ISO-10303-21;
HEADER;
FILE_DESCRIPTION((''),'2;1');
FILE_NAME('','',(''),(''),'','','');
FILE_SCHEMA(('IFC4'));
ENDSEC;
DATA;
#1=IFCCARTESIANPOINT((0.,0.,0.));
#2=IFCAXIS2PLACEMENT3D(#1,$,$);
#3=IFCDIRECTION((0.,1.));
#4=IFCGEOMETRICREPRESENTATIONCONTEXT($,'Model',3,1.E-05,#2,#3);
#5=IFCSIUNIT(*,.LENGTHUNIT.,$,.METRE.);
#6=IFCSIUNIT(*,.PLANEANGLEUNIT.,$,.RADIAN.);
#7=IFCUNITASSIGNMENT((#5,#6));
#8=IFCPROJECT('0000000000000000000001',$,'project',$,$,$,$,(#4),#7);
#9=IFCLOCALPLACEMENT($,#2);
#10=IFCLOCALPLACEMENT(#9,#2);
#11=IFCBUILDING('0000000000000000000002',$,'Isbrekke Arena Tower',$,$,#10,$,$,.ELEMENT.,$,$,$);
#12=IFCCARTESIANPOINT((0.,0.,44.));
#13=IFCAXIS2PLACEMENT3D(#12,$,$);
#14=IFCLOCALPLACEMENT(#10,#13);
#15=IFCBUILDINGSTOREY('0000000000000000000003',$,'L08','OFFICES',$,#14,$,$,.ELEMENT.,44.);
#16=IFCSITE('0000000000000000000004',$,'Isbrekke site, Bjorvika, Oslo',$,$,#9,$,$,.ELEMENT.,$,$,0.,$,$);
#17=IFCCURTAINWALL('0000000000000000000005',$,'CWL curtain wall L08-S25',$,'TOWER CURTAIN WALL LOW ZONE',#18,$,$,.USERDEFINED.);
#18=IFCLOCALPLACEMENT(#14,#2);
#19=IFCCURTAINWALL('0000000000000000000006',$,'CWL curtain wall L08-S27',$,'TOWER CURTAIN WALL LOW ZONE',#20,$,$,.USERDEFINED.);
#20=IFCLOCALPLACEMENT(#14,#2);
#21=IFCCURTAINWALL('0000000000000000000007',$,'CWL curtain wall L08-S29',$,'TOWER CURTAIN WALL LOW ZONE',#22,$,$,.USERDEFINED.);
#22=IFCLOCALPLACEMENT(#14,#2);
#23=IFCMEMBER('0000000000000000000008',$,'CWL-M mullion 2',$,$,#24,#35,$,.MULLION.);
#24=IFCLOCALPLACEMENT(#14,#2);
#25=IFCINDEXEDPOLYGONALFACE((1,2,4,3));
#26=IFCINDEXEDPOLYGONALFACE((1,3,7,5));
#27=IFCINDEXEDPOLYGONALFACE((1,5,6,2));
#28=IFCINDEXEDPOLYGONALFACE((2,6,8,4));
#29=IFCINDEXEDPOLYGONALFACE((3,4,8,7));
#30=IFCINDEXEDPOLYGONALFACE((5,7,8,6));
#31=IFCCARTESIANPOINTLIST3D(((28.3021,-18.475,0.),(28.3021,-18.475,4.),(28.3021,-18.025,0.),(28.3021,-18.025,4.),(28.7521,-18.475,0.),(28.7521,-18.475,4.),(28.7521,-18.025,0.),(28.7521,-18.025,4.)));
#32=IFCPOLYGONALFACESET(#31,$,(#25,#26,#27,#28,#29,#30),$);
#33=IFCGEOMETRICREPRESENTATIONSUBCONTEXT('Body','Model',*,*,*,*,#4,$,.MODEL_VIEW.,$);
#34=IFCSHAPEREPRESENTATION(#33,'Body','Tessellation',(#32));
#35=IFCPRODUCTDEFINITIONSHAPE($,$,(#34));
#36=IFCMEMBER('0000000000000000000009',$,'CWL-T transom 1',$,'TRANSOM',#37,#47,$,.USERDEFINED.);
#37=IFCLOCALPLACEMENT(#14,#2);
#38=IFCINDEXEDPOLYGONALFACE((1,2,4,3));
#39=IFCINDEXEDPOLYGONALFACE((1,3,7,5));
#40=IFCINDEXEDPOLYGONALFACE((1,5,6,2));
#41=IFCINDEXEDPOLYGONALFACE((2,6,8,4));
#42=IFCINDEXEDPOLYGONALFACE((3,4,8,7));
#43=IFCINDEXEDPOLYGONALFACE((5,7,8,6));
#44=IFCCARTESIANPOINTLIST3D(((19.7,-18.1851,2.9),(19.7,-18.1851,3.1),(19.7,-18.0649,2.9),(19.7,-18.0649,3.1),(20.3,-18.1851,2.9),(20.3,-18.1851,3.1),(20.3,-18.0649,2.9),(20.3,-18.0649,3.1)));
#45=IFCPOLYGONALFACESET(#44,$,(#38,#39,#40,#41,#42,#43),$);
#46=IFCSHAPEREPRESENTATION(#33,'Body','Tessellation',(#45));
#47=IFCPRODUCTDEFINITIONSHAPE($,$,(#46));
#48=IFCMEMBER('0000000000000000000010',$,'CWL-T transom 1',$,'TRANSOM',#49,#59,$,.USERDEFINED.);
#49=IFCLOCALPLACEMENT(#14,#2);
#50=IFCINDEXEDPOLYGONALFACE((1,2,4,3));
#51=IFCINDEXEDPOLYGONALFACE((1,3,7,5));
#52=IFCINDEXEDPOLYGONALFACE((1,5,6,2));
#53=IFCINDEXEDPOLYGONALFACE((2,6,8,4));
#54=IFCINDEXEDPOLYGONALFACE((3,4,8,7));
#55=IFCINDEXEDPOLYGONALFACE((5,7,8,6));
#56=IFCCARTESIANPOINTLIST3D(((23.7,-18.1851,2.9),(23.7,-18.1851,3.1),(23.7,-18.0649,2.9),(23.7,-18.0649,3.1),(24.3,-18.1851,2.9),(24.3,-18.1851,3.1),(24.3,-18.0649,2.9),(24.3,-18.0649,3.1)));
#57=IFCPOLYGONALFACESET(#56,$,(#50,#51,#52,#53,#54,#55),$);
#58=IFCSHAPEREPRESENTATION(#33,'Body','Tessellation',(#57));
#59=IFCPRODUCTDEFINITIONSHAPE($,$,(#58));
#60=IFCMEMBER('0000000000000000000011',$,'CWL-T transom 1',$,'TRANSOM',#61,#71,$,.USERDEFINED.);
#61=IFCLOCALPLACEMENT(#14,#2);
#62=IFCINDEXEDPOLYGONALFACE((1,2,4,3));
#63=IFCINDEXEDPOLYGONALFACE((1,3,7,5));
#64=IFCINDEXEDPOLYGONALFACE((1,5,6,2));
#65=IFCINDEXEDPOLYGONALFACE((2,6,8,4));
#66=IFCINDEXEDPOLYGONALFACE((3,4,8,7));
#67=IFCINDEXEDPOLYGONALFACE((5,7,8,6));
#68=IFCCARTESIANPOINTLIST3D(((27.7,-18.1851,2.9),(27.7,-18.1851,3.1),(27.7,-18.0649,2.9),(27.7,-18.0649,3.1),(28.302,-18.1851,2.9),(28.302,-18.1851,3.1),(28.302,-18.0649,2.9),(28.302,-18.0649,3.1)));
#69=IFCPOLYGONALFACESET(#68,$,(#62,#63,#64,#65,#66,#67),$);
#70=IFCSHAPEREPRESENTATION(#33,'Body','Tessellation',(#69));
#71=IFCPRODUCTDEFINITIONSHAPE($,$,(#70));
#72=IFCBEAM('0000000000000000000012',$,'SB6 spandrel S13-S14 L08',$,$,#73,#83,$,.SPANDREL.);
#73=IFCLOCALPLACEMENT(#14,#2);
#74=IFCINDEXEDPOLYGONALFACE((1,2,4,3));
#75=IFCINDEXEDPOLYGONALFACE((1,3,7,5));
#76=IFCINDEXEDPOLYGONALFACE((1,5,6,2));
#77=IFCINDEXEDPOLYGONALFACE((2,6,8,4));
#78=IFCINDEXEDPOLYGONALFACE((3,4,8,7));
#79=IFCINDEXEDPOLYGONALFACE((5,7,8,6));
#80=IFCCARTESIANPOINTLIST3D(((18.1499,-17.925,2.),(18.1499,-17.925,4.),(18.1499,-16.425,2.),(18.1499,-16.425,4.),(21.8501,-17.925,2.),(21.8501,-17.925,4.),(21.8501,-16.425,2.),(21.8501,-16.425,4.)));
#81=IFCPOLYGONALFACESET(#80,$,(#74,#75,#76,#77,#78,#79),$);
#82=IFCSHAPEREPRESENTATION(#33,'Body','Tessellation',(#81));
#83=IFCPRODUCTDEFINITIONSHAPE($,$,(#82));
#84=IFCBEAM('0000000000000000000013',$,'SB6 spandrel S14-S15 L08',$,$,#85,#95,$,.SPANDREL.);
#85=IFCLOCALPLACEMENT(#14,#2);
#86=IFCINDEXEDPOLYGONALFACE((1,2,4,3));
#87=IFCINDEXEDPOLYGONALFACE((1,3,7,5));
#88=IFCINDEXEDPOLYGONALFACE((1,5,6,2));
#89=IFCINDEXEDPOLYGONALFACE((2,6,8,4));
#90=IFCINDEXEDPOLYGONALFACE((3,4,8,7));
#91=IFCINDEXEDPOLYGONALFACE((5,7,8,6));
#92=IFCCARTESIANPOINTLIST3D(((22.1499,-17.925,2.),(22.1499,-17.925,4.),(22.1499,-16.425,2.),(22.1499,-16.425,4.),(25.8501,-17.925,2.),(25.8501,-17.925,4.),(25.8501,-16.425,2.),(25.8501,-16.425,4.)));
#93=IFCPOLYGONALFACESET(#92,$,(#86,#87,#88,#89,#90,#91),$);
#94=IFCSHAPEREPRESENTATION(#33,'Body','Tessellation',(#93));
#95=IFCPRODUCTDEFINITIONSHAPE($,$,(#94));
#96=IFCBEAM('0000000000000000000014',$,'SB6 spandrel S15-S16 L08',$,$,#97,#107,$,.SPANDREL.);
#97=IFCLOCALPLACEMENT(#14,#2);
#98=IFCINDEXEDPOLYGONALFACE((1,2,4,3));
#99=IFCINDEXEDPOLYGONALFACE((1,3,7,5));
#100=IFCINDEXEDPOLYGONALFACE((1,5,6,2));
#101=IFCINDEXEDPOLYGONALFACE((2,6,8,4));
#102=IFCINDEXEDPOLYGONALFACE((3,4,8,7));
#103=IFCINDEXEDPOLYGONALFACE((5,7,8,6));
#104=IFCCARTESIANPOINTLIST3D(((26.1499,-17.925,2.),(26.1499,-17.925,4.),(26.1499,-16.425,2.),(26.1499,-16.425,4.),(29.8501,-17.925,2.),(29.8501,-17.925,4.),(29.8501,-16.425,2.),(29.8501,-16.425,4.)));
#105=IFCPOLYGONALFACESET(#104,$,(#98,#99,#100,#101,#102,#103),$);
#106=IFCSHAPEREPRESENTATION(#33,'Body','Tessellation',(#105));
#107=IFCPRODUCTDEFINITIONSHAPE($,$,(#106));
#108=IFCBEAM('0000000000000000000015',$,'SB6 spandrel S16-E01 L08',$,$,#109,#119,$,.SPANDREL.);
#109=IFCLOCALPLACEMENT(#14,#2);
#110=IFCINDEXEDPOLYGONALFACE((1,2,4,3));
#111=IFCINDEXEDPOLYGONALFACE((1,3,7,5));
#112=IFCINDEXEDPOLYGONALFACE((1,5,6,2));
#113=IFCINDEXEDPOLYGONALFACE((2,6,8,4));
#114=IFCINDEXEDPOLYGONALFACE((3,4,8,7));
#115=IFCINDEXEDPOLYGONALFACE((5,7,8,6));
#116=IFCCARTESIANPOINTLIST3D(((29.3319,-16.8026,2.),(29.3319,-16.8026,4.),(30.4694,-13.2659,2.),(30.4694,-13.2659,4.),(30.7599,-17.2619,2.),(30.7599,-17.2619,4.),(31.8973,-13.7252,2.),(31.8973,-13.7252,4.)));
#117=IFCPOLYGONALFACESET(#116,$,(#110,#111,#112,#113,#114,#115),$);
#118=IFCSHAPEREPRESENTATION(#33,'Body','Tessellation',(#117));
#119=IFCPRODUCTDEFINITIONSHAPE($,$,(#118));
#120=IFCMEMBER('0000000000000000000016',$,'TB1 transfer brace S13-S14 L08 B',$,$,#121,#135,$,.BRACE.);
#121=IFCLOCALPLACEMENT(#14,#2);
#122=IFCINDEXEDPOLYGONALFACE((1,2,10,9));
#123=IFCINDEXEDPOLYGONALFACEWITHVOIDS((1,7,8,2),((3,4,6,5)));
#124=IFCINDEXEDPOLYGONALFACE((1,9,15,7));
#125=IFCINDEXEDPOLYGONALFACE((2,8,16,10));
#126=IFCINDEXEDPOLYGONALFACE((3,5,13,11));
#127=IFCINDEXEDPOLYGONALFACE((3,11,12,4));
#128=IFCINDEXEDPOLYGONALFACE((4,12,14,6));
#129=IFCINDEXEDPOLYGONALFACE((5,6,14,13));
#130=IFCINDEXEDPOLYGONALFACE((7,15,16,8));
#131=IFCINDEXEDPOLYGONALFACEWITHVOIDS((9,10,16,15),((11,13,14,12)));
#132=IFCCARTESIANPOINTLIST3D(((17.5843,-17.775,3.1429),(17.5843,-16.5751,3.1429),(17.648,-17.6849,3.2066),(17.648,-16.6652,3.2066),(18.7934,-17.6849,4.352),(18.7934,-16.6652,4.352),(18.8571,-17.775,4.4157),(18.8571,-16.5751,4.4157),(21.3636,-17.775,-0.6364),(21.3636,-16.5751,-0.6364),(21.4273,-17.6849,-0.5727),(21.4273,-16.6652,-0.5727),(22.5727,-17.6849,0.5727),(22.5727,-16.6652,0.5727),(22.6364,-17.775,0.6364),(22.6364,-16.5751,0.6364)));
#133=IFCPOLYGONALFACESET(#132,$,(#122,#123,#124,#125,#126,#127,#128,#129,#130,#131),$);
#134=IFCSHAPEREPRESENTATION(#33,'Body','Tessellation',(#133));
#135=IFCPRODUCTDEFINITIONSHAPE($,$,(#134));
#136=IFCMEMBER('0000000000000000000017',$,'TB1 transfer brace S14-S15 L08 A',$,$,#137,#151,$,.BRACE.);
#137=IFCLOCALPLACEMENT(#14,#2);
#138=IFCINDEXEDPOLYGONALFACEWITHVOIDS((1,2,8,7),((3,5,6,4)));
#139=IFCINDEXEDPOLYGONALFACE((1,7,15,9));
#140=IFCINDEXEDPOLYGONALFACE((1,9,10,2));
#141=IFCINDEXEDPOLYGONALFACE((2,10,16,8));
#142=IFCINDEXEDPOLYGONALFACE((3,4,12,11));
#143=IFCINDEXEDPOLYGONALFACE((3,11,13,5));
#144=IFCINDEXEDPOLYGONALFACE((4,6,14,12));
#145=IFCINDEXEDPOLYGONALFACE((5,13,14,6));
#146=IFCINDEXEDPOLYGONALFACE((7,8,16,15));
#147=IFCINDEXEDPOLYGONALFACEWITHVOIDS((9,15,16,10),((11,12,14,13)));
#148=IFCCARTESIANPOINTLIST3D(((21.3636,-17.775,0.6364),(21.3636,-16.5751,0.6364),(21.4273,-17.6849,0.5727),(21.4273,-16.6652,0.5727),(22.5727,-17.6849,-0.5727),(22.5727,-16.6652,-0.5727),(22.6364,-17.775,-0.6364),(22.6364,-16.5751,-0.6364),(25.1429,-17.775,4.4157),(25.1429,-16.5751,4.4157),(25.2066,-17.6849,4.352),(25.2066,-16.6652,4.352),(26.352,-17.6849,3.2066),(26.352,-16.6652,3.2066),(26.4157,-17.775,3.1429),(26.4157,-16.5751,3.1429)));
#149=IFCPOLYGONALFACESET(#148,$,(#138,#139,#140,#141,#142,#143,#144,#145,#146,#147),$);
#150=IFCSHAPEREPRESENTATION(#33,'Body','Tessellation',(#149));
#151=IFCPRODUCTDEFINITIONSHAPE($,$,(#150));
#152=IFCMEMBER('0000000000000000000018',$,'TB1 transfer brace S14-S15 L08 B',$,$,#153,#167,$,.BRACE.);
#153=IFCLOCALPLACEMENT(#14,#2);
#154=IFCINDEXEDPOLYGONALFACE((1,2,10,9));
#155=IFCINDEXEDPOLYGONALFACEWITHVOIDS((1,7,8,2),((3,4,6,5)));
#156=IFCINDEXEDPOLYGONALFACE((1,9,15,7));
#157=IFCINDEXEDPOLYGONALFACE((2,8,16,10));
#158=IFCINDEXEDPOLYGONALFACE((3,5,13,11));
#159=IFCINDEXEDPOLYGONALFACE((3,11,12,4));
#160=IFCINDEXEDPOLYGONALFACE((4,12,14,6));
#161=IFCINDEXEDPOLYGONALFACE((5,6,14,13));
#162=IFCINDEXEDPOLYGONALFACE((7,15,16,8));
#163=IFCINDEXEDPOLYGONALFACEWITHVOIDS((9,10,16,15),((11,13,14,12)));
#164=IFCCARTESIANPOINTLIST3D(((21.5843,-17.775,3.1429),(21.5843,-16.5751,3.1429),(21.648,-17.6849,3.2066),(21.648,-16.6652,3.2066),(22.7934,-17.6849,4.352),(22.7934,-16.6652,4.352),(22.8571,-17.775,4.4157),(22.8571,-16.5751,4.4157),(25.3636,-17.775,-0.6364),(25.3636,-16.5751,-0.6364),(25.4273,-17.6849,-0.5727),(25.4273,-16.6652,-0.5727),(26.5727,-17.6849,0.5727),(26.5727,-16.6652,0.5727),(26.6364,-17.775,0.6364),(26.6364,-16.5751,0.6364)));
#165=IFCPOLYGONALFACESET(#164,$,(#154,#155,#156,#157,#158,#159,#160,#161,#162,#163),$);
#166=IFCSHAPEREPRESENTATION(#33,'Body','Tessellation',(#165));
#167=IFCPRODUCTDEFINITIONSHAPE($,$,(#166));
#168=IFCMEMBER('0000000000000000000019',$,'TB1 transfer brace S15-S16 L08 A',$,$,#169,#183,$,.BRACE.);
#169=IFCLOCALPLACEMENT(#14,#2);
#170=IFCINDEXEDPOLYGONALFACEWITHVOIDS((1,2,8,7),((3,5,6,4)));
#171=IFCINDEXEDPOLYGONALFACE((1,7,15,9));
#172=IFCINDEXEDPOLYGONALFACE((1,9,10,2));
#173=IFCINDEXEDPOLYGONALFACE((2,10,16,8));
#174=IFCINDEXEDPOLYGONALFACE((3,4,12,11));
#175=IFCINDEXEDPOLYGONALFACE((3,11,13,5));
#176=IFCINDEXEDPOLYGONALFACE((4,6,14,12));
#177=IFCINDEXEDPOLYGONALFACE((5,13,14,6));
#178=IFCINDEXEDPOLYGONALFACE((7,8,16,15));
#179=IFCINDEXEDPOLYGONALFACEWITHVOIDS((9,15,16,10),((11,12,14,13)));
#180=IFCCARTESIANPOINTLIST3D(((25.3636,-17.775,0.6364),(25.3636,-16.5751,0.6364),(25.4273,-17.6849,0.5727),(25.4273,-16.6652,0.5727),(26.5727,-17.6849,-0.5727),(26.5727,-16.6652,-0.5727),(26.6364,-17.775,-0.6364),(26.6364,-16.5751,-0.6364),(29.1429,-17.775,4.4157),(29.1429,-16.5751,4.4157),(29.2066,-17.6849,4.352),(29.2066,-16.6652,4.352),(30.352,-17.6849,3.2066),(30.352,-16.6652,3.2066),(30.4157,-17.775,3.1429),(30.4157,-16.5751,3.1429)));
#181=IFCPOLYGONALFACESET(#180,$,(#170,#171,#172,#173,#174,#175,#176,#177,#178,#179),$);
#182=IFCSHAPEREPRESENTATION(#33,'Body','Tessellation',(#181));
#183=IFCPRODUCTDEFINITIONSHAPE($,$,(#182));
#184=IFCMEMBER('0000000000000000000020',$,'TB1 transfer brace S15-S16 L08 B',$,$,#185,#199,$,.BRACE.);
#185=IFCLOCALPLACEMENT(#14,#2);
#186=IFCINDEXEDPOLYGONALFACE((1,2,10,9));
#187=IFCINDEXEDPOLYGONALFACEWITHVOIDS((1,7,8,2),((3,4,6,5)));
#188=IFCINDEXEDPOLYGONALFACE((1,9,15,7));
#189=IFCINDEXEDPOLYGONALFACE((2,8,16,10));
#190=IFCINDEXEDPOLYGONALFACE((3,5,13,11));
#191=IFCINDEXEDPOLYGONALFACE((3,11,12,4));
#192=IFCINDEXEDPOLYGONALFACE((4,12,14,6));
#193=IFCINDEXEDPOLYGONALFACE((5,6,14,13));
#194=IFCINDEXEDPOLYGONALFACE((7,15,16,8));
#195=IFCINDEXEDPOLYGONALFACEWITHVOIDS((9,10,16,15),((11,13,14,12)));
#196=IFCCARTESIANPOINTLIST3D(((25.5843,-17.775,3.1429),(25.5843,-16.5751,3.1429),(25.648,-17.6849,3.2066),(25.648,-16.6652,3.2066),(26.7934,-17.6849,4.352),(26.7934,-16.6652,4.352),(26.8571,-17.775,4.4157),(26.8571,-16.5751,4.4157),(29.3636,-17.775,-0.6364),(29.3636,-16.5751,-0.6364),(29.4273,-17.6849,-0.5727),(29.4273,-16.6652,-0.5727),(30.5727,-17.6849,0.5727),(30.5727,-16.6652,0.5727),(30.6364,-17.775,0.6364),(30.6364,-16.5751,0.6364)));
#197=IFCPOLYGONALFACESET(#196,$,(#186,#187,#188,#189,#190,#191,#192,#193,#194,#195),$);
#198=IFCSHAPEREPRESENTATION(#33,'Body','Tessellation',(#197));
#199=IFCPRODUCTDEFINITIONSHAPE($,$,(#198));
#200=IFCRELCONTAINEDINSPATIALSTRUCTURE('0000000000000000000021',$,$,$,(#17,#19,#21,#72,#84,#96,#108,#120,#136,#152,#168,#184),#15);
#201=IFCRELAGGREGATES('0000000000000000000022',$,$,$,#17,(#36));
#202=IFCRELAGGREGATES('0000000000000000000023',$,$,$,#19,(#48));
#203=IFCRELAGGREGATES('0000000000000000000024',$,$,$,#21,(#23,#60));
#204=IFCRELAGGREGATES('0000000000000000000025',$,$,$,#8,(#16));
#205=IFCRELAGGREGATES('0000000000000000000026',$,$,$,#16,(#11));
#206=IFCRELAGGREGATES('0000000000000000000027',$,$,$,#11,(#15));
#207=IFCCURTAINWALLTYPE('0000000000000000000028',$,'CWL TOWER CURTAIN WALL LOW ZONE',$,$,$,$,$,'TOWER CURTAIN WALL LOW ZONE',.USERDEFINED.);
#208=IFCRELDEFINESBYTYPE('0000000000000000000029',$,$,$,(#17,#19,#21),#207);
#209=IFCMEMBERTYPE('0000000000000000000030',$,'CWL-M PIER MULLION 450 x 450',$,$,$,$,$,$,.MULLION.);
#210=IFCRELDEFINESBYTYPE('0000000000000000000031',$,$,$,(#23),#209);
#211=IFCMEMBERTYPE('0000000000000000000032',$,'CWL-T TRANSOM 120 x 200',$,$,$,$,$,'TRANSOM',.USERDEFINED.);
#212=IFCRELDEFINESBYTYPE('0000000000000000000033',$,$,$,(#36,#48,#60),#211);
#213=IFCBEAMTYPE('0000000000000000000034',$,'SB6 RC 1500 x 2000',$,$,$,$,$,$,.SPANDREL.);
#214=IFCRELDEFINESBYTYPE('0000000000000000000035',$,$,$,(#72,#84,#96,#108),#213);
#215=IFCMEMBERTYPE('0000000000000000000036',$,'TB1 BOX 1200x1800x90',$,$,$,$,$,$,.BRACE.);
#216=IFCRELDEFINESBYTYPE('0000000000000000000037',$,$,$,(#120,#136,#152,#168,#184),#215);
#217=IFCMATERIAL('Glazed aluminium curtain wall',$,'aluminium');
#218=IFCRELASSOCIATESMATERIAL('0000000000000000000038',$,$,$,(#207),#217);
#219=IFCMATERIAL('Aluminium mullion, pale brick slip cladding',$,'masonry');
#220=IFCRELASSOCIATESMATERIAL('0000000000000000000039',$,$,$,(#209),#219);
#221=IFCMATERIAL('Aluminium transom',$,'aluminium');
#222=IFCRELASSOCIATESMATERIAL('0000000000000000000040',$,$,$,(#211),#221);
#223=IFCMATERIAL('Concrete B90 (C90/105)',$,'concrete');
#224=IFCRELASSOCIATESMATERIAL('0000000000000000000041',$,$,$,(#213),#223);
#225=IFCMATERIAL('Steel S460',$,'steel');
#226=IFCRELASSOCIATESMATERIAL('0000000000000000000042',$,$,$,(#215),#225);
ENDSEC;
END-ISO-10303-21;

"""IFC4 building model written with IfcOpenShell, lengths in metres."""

from ifc_helpers import new_model, si_unit, direction, frame, origin, origin_2d, place, context, subcontext, project, spatial, rectangle, hollow_rectangle, extrude, material, material_profile, profile_set, type_object, element, aggregate, save


model = new_model("IFC4")

# Units and contexts
model_context = context("Model", 3, precision=1e-05, world=origin(), true_north=direction((0.0, 1.0)))
body_context = subcontext(model_context, "Body", "Model", "MODEL_VIEW")
ifc_project = project(units=[si_unit("LENGTHUNIT", "METRE"), si_unit("PLANEANGLEUNIT", "RADIAN")], contexts=[model_context])

# Site, building, storey
site_placement = place(None, origin())
site = spatial("IfcSite", under=ifc_project, at=site_placement, Name="Isbrekke site, Bjorvika, Oslo", CompositionType="ELEMENT", RefElevation=0.0)
building_placement = place(site_placement, origin())
building = spatial("IfcBuilding", under=site, at=building_placement, Name="Isbrekke Arena Tower", CompositionType="ELEMENT")
storey_placement = place(building_placement, frame((0.0, 0.0, 44.0)))
storey = spatial("IfcBuildingStorey", under=building, at=storey_placement, Name="L08", Description="OFFICES", CompositionType="ELEMENT", Elevation=44.0)

# Curtain walls, member
ifc_material_1 = material(Name="Glazed aluminium curtain wall", Category="aluminium")
curtain_wall_type = type_object("IfcCurtainWallType", Name="CWL TOWER CURTAIN WALL LOW ZONE", ElementType="TOWER CURTAIN WALL LOW ZONE", PredefinedType="USERDEFINED", material=ifc_material_1)
curtain_wall_1_placement = place(storey_placement, origin())
curtain_wall_1 = element("IfcCurtainWall", 1, at=curtain_wall_1_placement, inside=storey, type_object=curtain_wall_type, Name="CWL curtain wall L08-S25", ObjectType="TOWER CURTAIN WALL LOW ZONE", PredefinedType="USERDEFINED")
ifc_material_2 = material(Name="Aluminium mullion, pale brick slip cladding", Category="masonry")
ifc_material_profile_1 = material_profile(ifc_material_2, rectangle(XDim=0.45, YDim=0.45, at=origin_2d()), Name="PIER 450X450")
ifc_profile_set_1 = profile_set([ifc_material_profile_1], Name="Aluminium mullion, pale brick slip cladding")
member_type_1 = type_object("IfcMemberType", Name="CWL-M PIER MULLION 450 x 450", PredefinedType="MULLION", material=ifc_profile_set_1)
curtain_wall_2_placement = place(storey_placement, origin())
curtain_wall_2 = element("IfcCurtainWall", 2, at=curtain_wall_2_placement, inside=storey, type_object=curtain_wall_type, Name="CWL curtain wall L08-S27", ObjectType="TOWER CURTAIN WALL LOW ZONE", PredefinedType="USERDEFINED")
curtain_wall_3_placement = place(storey_placement, origin())
curtain_wall_3 = element("IfcCurtainWall", 3, at=curtain_wall_3_placement, inside=storey, type_object=curtain_wall_type, Name="CWL curtain wall L08-S29", ObjectType="TOWER CURTAIN WALL LOW ZONE", PredefinedType="USERDEFINED")
member_1_placement = place(storey_placement, frame((28.5271, -18.25, 0.0), z_axis=(0.0, 0.0, 1.0), x_axis=(1.0, 0.0, 0.0)))
member_1 = element("IfcMember", 4, at=member_1_placement, type_object=member_type_1, Name="CWL-M mullion 2", PredefinedType="MULLION", context=body_context, shape_type="SweptSolid", body=[
    extrude(rectangle(XDim=0.45, YDim=0.45, at=origin_2d()), origin(), (0.0, 0.0, 1.0), 4.0),
])

# Members
ifc_material_3 = material(Name="Aluminium transom", Category="aluminium")
ifc_material_profile_2 = material_profile(ifc_material_3, rectangle(XDim=0.1201, YDim=0.2, at=origin_2d()), Name="TRANSOM 120X200")
ifc_profile_set_2 = profile_set([ifc_material_profile_2], Name="Aluminium transom")
member_type_2 = type_object("IfcMemberType", Name="CWL-T TRANSOM 120 x 200", ElementType="TRANSOM", PredefinedType="USERDEFINED", material=ifc_profile_set_2)
member_2_placement = place(storey_placement, frame((19.7, -18.125, 3.0), z_axis=(1.0, 0.0, 0.0), x_axis=(0.0, 1.0, 0.0)))
member_2 = element("IfcMember", 5, at=member_2_placement, type_object=member_type_2, Name="CWL-T transom 1", ObjectType="TRANSOM", PredefinedType="USERDEFINED", context=body_context, shape_type="SweptSolid", body=[
    extrude(rectangle(XDim=0.1201, YDim=0.2, at=origin_2d()), origin(), (0.0, 0.0, 1.0), 0.6001),
])
member_3_placement = place(storey_placement, frame((23.7, -18.125, 3.0), z_axis=(1.0, 0.0, 0.0), x_axis=(0.0, 1.0, 0.0)))
member_3 = element("IfcMember", 6, at=member_3_placement, type_object=member_type_2, Name="CWL-T transom 1", ObjectType="TRANSOM", PredefinedType="USERDEFINED", context=body_context, shape_type="SweptSolid", body=[
    extrude(rectangle(XDim=0.1201, YDim=0.2, at=origin_2d()), origin(), (0.0, 0.0, 1.0), 0.6001),
])
member_4_placement = place(storey_placement, frame((27.7, -18.125, 3.0), z_axis=(1.0, 0.0, 0.0), x_axis=(0.0, 1.0, 0.0)))
member_4 = element("IfcMember", 7, at=member_4_placement, type_object=member_type_2, Name="CWL-T transom 1", ObjectType="TRANSOM", PredefinedType="USERDEFINED", context=body_context, shape_type="SweptSolid", body=[
    extrude(rectangle(XDim=0.1201, YDim=0.2, at=origin_2d()), origin(), (0.0, 0.0, 1.0), 0.6021),
])

# Beams
ifc_material_4 = material(Name="Concrete B90 (C90/105)", Category="concrete")
ifc_material_profile_3 = material_profile(ifc_material_4, rectangle(XDim=1.5, YDim=2.0, at=origin_2d()), Name="RC 1500x2000")
ifc_profile_set_3 = profile_set([ifc_material_profile_3], Name="Concrete B90 (C90/105)")
beam_type_1 = type_object("IfcBeamType", Name="SB6 RC 1500 x 2000", PredefinedType="SPANDREL", material=ifc_profile_set_3)
for number, where, z_axis, x_axis, name in (
    (8, (18.1499, -17.175, 3.0), (1.0, 0.0, 0.0), (0.0, 1.0, 0.0), "SB6 spandrel S13-S14 L08"),
    (9, (22.1499, -17.175, 3.0), (1.0, 0.0, 0.0), (0.0, 1.0, 0.0), "SB6 spandrel S14-S15 L08"),
    (10, (26.1499, -17.175, 3.0), (1.0, 0.0, 0.0), (0.0, 1.0, 0.0), "SB6 spandrel S15-S16 L08"),
):
    element("IfcBeam", number, at=place(storey_placement, frame(where, z_axis=z_axis, x_axis=x_axis)), inside=storey, type_object=beam_type_1, Name=name, PredefinedType="SPANDREL", context=body_context, shape_type="SweptSolid", body=[
        extrude(rectangle(XDim=1.5, YDim=2.0, at=origin_2d()), origin(), (0.0, 0.0, 1.0), 3.7002),
    ])
beam_placement = place(storey_placement, frame((30.0459, -17.0322, 3.0), z_axis=(0.306175, 0.951975, 0.0), x_axis=(-0.951975, 0.306175, 0.0)))
element("IfcBeam", 11, at=beam_placement, inside=storey, type_object=beam_type_1, Name="SB6 spandrel S16-E01 L08", PredefinedType="SPANDREL", context=body_context, shape_type="SweptSolid", body=[
    extrude(rectangle(XDim=1.5, YDim=2.0, at=origin_2d()), origin(), (0.0, 0.0, 1.0), 3.7151),
])

# Members
ifc_material_5 = material(Name="Steel S460", Category="steel")
ifc_material_profile_4 = material_profile(ifc_material_5, hollow_rectangle(XDim=1.2, YDim=1.8, WallThickness=0.0901, at=origin_2d()), Name="BOX 1200x1800x90")
ifc_profile_set_4 = profile_set([ifc_material_profile_4], Name="Steel S460")
member_type_3 = type_object("IfcMemberType", Name="TB1 BOX 1200x1800x90", PredefinedType="BRACE", material=ifc_profile_set_4)
for number, where, z_axis, x_axis, name in (
    (12, (18.2207, -17.175, 3.7793), (0.707107, 0.0, -0.707107), (0.0, 1.0, 0.0), "TB1 transfer brace S13-S14 L08 B"),
    (13, (22.0, -17.175, 0.0), (0.707107, 0.0, 0.707107), (0.0, 1.0, 0.0), "TB1 transfer brace S14-S15 L08 A"),
    (14, (22.2207, -17.175, 3.7793), (0.707107, 0.0, -0.707107), (0.0, 1.0, 0.0), "TB1 transfer brace S14-S15 L08 B"),
    (15, (26.0, -17.175, 0.0), (0.707107, 0.0, 0.707107), (0.0, 1.0, 0.0), "TB1 transfer brace S15-S16 L08 A"),
    (16, (26.2207, -17.175, 3.7793), (0.707107, 0.0, -0.707107), (0.0, 1.0, 0.0), "TB1 transfer brace S15-S16 L08 B"),
):
    element("IfcMember", number, at=place(storey_placement, frame(where, z_axis=z_axis, x_axis=x_axis)), inside=storey, type_object=member_type_3, Name=name, PredefinedType="BRACE", context=body_context, shape_type="SweptSolid", body=[
        extrude(hollow_rectangle(XDim=1.2, YDim=1.8, WallThickness=0.0901, at=origin_2d()), origin(), (0.0, 0.0, 1.0), 5.3447),
    ])

aggregate(curtain_wall_1, [member_2])
aggregate(curtain_wall_2, [member_3])
aggregate(curtain_wall_3, [member_1, member_4])

save(model, "model.ifc")
